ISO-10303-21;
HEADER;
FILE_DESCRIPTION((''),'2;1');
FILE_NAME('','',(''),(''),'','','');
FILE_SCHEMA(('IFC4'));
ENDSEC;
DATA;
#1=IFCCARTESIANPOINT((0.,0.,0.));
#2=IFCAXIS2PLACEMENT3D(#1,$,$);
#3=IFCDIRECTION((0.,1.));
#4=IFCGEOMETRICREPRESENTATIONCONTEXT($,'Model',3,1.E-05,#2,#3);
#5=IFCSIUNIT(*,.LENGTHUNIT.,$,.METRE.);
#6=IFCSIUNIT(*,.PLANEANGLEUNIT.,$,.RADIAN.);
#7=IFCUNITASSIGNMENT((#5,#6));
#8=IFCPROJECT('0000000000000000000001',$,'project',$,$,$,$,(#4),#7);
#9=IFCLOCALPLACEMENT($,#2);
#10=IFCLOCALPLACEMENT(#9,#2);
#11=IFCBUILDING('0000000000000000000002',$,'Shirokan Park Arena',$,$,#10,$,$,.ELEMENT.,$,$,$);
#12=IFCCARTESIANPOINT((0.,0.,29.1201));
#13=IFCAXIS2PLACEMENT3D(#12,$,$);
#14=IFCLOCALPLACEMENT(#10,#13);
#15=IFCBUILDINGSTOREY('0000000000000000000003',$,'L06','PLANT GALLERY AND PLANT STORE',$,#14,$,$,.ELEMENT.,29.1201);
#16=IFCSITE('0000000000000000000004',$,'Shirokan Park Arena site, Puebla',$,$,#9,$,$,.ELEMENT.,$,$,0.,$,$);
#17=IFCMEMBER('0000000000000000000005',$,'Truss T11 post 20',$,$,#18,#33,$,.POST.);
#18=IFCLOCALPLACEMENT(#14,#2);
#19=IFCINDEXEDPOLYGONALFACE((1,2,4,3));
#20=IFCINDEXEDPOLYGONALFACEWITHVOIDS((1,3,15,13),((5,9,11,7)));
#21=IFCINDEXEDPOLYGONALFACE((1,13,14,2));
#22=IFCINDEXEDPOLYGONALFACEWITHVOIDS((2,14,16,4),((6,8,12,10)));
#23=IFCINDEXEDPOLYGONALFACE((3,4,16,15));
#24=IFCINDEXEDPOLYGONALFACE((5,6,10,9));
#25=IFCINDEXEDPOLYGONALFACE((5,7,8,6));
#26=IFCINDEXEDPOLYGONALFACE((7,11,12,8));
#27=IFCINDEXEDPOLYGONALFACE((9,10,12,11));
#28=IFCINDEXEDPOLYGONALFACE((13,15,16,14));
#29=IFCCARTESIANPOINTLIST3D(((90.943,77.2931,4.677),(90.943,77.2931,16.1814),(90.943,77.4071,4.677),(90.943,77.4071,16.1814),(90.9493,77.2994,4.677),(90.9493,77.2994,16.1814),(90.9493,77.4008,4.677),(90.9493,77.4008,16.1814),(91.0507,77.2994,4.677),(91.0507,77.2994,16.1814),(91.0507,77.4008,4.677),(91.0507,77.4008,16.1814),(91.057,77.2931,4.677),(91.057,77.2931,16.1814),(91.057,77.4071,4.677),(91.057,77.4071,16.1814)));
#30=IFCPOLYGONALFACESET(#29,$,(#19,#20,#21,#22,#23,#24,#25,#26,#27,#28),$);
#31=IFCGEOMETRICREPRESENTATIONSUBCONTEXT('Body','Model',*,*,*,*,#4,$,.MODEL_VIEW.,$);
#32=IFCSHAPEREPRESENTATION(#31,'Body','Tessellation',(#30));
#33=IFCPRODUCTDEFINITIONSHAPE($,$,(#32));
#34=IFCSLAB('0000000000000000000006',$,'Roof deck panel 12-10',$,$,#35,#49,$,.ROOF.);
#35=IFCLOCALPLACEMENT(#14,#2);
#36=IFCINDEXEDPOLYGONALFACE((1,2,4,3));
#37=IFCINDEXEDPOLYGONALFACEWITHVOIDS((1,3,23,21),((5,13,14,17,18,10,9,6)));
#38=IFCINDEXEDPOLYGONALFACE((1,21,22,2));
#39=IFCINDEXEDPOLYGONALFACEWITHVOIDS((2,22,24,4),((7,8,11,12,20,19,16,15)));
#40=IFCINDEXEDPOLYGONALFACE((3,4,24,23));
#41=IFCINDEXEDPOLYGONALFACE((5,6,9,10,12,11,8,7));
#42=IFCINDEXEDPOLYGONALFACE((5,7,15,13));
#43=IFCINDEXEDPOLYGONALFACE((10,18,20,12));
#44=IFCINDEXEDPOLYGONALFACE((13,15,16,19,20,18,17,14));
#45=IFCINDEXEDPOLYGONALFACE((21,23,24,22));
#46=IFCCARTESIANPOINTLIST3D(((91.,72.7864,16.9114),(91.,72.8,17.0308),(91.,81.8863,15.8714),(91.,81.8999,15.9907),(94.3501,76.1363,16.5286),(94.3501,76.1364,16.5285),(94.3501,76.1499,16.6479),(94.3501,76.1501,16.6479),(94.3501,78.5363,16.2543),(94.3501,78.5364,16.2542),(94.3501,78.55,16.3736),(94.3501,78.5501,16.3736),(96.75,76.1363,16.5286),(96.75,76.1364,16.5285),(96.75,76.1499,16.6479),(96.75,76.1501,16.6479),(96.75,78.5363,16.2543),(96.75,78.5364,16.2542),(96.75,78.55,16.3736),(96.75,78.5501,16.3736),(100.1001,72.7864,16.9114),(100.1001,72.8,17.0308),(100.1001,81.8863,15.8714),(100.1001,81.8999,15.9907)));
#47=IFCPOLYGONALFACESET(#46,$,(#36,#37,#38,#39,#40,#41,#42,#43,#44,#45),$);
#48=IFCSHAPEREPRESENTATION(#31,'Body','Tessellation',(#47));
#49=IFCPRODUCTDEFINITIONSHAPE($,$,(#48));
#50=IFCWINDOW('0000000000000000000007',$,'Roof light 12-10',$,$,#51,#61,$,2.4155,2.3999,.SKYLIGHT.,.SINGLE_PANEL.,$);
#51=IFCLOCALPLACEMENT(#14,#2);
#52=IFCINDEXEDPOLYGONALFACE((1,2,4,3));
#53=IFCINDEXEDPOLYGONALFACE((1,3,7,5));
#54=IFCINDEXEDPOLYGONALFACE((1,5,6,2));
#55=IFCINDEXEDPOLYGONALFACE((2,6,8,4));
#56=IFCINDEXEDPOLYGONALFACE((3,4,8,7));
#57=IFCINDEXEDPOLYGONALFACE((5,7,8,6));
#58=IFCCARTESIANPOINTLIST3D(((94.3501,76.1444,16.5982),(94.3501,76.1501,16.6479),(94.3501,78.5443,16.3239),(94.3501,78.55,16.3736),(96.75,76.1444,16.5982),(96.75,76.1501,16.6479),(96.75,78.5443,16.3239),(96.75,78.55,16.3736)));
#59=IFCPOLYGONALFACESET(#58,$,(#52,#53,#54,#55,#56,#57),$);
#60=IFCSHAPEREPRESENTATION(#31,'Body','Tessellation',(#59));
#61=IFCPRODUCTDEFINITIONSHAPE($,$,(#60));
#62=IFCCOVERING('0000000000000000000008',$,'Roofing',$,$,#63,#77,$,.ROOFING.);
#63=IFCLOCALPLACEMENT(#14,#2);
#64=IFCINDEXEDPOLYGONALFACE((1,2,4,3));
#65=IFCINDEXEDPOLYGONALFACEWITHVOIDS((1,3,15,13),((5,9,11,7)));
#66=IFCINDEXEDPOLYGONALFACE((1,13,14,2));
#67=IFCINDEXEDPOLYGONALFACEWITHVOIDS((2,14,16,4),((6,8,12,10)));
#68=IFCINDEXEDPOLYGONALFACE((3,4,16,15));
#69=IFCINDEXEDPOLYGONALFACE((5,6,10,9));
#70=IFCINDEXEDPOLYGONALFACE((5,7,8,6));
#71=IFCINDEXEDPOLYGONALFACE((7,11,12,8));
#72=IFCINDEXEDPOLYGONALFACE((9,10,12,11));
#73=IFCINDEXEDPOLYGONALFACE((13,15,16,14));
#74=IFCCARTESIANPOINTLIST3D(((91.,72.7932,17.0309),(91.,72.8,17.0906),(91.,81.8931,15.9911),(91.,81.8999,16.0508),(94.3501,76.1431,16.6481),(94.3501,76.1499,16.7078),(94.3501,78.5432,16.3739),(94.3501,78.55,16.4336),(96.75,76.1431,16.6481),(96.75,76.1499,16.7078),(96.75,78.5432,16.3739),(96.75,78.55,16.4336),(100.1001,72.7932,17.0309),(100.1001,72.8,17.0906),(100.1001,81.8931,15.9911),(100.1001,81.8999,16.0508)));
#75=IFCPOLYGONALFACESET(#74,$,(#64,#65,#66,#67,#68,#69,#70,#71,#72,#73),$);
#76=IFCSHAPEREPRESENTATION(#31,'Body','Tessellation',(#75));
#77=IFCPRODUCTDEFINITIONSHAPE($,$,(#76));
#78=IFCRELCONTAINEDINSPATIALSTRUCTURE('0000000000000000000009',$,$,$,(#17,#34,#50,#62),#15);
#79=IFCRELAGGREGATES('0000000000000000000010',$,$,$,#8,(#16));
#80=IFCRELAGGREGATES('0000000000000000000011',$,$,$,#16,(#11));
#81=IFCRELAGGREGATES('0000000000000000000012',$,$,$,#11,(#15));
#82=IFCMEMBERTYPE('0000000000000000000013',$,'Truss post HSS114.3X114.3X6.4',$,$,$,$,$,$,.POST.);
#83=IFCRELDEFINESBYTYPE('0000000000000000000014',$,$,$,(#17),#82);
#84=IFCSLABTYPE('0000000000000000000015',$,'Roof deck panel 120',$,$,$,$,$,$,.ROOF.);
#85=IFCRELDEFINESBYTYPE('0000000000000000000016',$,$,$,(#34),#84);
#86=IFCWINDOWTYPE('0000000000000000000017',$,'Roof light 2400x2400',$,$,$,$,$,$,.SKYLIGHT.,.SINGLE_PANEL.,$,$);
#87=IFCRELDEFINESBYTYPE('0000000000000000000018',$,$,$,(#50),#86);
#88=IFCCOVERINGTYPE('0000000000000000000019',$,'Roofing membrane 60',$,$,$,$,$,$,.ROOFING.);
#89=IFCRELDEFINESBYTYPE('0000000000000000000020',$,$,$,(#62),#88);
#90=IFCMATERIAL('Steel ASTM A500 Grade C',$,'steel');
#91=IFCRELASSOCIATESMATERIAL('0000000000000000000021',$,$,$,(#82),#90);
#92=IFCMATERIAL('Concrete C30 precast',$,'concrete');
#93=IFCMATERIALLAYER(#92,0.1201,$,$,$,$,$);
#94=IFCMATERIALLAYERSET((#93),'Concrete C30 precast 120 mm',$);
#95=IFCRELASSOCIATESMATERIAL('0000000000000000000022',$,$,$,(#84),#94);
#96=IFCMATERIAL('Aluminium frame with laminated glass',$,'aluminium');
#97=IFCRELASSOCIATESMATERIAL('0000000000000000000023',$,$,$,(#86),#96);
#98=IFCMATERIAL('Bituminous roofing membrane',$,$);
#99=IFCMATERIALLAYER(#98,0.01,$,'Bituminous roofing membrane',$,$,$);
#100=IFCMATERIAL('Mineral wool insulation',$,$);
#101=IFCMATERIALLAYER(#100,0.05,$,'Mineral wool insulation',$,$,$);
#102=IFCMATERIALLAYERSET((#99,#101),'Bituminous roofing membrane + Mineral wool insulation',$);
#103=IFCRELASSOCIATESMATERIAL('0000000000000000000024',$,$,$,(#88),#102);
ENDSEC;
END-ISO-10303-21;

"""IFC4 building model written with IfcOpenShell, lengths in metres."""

from ifc_helpers import new_model, si_unit, direction, frame, origin, origin_2d, place, context, subcontext, project, spatial, polyline, rectangle, hollow_rectangle, outline, extrude, material, layer, layer_set, material_profile, profile_set, type_object, element, fill, save


model = new_model("IFC4")

# Units and contexts
model_context = context("Model", 3, precision=1e-05, world=origin(), true_north=direction((0.0, 1.0)))
body_context = subcontext(model_context, "Body", "Model", "MODEL_VIEW")
ifc_project = project(units=[si_unit("LENGTHUNIT", "METRE"), si_unit("PLANEANGLEUNIT", "RADIAN")], contexts=[model_context])

# Site, building, storey
site_placement = place(None, origin())
site = spatial("IfcSite", under=ifc_project, at=site_placement, Name="Shirokan Park Arena site, Puebla", CompositionType="ELEMENT", RefElevation=0.0)
building_placement = place(site_placement, origin())
building = spatial("IfcBuilding", under=site, at=building_placement, Name="Shirokan Park Arena", CompositionType="ELEMENT")
storey_placement = place(building_placement, frame((0.0, 0.0, 29.1201)))
storey = spatial("IfcBuildingStorey", under=building, at=storey_placement, Name="L06", Description="PLANT GALLERY AND PLANT STORE", CompositionType="ELEMENT", Elevation=29.1201)

# Member
ifc_material_1 = material(Name="Steel ASTM A500 Grade C", Category="steel")
ifc_material_profile_1 = material_profile(ifc_material_1, hollow_rectangle(XDim=0.114, YDim=0.114, WallThickness=0.0063, at=origin_2d()), Name="HSS114.3X114.3X6.4")
ifc_profile_set_1 = profile_set([ifc_material_profile_1], Name="Steel ASTM A500 Grade C")
member_type_1 = type_object("IfcMemberType", Name="Truss post HSS114.3X114.3X6.4", PredefinedType="POST", material=ifc_profile_set_1)
member_1_placement = place(storey_placement, frame((91.0, 77.3501, 4.677), z_axis=(0.0, 0.0, 1.0), x_axis=(1.0, 0.0, 0.0)))
element("IfcMember", 1, at=member_1_placement, inside=storey, type_object=member_type_1, Name="Truss T11 post 20", PredefinedType="POST", context=body_context, shape_type="SweptSolid", body=[
    extrude(hollow_rectangle(XDim=0.114, YDim=0.114, WallThickness=0.0063, at=origin_2d()), origin(), (0.0, 0.0, 1.0), 11.5044),
])

# Slab, opening, window
ifc_material_2 = material(Name="Concrete C30 precast", Category="concrete")
ifc_layer_1 = layer(ifc_material_2, 0.1201)
ifc_layer_set_1 = layer_set([ifc_layer_1], Name="Concrete C30 precast 120 mm")
slab_type = type_object("IfcSlabType", Name="Roof deck panel 120", PredefinedType="ROOF", material=ifc_layer_set_1)
slab_placement = place(storey_placement, frame((91.0, 72.8, 17.0308), z_axis=(0.0, 0.113553, 0.993532), x_axis=(1.0, 0.0, 0.0)))
slab = element("IfcSlab", 2, at=slab_placement, inside=storey, type_object=slab_type, Name="Roof deck panel 12-10", PredefinedType="ROOF", context=body_context, shape_type="SweptSolid", body=[
    extrude(outline(polyline([(0.0, 0.0), (9.1001, 0.0), (9.1001, 9.1591), (0.0, 9.1591), (0.0, 0.0)]), holes=[polyline([(3.3501, 3.3717), (5.75, 3.3717), (5.75, 5.7874), (3.3501, 5.7874), (3.3501, 3.3717)])]), origin(), (0.0, 0.0, -1.0), 0.1201),
])
opening_placement = place(slab_placement, frame((4.55, 4.5796, 0.01)))
opening = element("IfcOpeningElement", 3, at=opening_placement, cuts=slab, PredefinedType="OPENING", context=body_context, shape_type="SweptSolid", body=[
    extrude(rectangle(XDim=2.3999, YDim=2.4155, at=origin_2d()), origin(), (0.0, 0.0, -1.0), 0.1399),
])
ifc_material_3 = material(Name="Aluminium frame with laminated glass", Category="aluminium")
window_type = type_object("IfcWindowType", Name="Roof light 2400x2400", PartitioningType="SINGLE_PANEL", PredefinedType="SKYLIGHT", material=ifc_material_3)
window_placement = place(opening_placement, frame((0.0, 0.0, -0.0601)))
window = element("IfcWindow", 4, at=window_placement, inside=storey, type_object=window_type, Name="Roof light 12-10", OverallHeight=2.4155, OverallWidth=2.3999, PartitioningType="SINGLE_PANEL", PredefinedType="SKYLIGHT", context=body_context, shape_type="SweptSolid", body=[
    extrude(rectangle(XDim=2.3999, YDim=2.4155, at=origin_2d()), origin(), (0.0, 0.0, 1.0), 0.05),
])
fill(opening, window)

# Covering
ifc_material_4 = material(Name="Bituminous roofing membrane")
ifc_layer_2 = layer(ifc_material_4, 0.01, Name="Bituminous roofing membrane")
ifc_material_5 = material(Name="Mineral wool insulation")
ifc_layer_3 = layer(ifc_material_5, 0.05, Name="Mineral wool insulation")
ifc_layer_set_2 = layer_set([ifc_layer_2, ifc_layer_3], Name="Bituminous roofing membrane + Mineral wool insulation")
covering_type = type_object("IfcCoveringType", Name="Roofing membrane 60", PredefinedType="ROOFING", material=ifc_layer_set_2)
covering_placement = place(storey_placement, frame((91.0, 72.8, 17.0906), z_axis=(0.0, 0.113526, 0.993535), x_axis=(1.0, 0.0, 0.0)))
element("IfcCovering", 5, at=covering_placement, inside=storey, type_object=covering_type, Name="Roofing", PredefinedType="ROOFING", context=body_context, shape_type="SweptSolid", body=[
    extrude(outline(polyline([(0.0, 0.0), (9.1001, 0.0), (9.1001, 9.1591), (0.0, 9.1591), (0.0, 0.0)]), holes=[polyline([(5.75, 3.3717), (5.75, 5.7874), (3.3501, 5.7874), (3.3501, 3.3717), (5.75, 3.3717)])]), origin(), (0.0, 0.0, -1.0), 0.0601),
])

save(model, "model.ifc")
